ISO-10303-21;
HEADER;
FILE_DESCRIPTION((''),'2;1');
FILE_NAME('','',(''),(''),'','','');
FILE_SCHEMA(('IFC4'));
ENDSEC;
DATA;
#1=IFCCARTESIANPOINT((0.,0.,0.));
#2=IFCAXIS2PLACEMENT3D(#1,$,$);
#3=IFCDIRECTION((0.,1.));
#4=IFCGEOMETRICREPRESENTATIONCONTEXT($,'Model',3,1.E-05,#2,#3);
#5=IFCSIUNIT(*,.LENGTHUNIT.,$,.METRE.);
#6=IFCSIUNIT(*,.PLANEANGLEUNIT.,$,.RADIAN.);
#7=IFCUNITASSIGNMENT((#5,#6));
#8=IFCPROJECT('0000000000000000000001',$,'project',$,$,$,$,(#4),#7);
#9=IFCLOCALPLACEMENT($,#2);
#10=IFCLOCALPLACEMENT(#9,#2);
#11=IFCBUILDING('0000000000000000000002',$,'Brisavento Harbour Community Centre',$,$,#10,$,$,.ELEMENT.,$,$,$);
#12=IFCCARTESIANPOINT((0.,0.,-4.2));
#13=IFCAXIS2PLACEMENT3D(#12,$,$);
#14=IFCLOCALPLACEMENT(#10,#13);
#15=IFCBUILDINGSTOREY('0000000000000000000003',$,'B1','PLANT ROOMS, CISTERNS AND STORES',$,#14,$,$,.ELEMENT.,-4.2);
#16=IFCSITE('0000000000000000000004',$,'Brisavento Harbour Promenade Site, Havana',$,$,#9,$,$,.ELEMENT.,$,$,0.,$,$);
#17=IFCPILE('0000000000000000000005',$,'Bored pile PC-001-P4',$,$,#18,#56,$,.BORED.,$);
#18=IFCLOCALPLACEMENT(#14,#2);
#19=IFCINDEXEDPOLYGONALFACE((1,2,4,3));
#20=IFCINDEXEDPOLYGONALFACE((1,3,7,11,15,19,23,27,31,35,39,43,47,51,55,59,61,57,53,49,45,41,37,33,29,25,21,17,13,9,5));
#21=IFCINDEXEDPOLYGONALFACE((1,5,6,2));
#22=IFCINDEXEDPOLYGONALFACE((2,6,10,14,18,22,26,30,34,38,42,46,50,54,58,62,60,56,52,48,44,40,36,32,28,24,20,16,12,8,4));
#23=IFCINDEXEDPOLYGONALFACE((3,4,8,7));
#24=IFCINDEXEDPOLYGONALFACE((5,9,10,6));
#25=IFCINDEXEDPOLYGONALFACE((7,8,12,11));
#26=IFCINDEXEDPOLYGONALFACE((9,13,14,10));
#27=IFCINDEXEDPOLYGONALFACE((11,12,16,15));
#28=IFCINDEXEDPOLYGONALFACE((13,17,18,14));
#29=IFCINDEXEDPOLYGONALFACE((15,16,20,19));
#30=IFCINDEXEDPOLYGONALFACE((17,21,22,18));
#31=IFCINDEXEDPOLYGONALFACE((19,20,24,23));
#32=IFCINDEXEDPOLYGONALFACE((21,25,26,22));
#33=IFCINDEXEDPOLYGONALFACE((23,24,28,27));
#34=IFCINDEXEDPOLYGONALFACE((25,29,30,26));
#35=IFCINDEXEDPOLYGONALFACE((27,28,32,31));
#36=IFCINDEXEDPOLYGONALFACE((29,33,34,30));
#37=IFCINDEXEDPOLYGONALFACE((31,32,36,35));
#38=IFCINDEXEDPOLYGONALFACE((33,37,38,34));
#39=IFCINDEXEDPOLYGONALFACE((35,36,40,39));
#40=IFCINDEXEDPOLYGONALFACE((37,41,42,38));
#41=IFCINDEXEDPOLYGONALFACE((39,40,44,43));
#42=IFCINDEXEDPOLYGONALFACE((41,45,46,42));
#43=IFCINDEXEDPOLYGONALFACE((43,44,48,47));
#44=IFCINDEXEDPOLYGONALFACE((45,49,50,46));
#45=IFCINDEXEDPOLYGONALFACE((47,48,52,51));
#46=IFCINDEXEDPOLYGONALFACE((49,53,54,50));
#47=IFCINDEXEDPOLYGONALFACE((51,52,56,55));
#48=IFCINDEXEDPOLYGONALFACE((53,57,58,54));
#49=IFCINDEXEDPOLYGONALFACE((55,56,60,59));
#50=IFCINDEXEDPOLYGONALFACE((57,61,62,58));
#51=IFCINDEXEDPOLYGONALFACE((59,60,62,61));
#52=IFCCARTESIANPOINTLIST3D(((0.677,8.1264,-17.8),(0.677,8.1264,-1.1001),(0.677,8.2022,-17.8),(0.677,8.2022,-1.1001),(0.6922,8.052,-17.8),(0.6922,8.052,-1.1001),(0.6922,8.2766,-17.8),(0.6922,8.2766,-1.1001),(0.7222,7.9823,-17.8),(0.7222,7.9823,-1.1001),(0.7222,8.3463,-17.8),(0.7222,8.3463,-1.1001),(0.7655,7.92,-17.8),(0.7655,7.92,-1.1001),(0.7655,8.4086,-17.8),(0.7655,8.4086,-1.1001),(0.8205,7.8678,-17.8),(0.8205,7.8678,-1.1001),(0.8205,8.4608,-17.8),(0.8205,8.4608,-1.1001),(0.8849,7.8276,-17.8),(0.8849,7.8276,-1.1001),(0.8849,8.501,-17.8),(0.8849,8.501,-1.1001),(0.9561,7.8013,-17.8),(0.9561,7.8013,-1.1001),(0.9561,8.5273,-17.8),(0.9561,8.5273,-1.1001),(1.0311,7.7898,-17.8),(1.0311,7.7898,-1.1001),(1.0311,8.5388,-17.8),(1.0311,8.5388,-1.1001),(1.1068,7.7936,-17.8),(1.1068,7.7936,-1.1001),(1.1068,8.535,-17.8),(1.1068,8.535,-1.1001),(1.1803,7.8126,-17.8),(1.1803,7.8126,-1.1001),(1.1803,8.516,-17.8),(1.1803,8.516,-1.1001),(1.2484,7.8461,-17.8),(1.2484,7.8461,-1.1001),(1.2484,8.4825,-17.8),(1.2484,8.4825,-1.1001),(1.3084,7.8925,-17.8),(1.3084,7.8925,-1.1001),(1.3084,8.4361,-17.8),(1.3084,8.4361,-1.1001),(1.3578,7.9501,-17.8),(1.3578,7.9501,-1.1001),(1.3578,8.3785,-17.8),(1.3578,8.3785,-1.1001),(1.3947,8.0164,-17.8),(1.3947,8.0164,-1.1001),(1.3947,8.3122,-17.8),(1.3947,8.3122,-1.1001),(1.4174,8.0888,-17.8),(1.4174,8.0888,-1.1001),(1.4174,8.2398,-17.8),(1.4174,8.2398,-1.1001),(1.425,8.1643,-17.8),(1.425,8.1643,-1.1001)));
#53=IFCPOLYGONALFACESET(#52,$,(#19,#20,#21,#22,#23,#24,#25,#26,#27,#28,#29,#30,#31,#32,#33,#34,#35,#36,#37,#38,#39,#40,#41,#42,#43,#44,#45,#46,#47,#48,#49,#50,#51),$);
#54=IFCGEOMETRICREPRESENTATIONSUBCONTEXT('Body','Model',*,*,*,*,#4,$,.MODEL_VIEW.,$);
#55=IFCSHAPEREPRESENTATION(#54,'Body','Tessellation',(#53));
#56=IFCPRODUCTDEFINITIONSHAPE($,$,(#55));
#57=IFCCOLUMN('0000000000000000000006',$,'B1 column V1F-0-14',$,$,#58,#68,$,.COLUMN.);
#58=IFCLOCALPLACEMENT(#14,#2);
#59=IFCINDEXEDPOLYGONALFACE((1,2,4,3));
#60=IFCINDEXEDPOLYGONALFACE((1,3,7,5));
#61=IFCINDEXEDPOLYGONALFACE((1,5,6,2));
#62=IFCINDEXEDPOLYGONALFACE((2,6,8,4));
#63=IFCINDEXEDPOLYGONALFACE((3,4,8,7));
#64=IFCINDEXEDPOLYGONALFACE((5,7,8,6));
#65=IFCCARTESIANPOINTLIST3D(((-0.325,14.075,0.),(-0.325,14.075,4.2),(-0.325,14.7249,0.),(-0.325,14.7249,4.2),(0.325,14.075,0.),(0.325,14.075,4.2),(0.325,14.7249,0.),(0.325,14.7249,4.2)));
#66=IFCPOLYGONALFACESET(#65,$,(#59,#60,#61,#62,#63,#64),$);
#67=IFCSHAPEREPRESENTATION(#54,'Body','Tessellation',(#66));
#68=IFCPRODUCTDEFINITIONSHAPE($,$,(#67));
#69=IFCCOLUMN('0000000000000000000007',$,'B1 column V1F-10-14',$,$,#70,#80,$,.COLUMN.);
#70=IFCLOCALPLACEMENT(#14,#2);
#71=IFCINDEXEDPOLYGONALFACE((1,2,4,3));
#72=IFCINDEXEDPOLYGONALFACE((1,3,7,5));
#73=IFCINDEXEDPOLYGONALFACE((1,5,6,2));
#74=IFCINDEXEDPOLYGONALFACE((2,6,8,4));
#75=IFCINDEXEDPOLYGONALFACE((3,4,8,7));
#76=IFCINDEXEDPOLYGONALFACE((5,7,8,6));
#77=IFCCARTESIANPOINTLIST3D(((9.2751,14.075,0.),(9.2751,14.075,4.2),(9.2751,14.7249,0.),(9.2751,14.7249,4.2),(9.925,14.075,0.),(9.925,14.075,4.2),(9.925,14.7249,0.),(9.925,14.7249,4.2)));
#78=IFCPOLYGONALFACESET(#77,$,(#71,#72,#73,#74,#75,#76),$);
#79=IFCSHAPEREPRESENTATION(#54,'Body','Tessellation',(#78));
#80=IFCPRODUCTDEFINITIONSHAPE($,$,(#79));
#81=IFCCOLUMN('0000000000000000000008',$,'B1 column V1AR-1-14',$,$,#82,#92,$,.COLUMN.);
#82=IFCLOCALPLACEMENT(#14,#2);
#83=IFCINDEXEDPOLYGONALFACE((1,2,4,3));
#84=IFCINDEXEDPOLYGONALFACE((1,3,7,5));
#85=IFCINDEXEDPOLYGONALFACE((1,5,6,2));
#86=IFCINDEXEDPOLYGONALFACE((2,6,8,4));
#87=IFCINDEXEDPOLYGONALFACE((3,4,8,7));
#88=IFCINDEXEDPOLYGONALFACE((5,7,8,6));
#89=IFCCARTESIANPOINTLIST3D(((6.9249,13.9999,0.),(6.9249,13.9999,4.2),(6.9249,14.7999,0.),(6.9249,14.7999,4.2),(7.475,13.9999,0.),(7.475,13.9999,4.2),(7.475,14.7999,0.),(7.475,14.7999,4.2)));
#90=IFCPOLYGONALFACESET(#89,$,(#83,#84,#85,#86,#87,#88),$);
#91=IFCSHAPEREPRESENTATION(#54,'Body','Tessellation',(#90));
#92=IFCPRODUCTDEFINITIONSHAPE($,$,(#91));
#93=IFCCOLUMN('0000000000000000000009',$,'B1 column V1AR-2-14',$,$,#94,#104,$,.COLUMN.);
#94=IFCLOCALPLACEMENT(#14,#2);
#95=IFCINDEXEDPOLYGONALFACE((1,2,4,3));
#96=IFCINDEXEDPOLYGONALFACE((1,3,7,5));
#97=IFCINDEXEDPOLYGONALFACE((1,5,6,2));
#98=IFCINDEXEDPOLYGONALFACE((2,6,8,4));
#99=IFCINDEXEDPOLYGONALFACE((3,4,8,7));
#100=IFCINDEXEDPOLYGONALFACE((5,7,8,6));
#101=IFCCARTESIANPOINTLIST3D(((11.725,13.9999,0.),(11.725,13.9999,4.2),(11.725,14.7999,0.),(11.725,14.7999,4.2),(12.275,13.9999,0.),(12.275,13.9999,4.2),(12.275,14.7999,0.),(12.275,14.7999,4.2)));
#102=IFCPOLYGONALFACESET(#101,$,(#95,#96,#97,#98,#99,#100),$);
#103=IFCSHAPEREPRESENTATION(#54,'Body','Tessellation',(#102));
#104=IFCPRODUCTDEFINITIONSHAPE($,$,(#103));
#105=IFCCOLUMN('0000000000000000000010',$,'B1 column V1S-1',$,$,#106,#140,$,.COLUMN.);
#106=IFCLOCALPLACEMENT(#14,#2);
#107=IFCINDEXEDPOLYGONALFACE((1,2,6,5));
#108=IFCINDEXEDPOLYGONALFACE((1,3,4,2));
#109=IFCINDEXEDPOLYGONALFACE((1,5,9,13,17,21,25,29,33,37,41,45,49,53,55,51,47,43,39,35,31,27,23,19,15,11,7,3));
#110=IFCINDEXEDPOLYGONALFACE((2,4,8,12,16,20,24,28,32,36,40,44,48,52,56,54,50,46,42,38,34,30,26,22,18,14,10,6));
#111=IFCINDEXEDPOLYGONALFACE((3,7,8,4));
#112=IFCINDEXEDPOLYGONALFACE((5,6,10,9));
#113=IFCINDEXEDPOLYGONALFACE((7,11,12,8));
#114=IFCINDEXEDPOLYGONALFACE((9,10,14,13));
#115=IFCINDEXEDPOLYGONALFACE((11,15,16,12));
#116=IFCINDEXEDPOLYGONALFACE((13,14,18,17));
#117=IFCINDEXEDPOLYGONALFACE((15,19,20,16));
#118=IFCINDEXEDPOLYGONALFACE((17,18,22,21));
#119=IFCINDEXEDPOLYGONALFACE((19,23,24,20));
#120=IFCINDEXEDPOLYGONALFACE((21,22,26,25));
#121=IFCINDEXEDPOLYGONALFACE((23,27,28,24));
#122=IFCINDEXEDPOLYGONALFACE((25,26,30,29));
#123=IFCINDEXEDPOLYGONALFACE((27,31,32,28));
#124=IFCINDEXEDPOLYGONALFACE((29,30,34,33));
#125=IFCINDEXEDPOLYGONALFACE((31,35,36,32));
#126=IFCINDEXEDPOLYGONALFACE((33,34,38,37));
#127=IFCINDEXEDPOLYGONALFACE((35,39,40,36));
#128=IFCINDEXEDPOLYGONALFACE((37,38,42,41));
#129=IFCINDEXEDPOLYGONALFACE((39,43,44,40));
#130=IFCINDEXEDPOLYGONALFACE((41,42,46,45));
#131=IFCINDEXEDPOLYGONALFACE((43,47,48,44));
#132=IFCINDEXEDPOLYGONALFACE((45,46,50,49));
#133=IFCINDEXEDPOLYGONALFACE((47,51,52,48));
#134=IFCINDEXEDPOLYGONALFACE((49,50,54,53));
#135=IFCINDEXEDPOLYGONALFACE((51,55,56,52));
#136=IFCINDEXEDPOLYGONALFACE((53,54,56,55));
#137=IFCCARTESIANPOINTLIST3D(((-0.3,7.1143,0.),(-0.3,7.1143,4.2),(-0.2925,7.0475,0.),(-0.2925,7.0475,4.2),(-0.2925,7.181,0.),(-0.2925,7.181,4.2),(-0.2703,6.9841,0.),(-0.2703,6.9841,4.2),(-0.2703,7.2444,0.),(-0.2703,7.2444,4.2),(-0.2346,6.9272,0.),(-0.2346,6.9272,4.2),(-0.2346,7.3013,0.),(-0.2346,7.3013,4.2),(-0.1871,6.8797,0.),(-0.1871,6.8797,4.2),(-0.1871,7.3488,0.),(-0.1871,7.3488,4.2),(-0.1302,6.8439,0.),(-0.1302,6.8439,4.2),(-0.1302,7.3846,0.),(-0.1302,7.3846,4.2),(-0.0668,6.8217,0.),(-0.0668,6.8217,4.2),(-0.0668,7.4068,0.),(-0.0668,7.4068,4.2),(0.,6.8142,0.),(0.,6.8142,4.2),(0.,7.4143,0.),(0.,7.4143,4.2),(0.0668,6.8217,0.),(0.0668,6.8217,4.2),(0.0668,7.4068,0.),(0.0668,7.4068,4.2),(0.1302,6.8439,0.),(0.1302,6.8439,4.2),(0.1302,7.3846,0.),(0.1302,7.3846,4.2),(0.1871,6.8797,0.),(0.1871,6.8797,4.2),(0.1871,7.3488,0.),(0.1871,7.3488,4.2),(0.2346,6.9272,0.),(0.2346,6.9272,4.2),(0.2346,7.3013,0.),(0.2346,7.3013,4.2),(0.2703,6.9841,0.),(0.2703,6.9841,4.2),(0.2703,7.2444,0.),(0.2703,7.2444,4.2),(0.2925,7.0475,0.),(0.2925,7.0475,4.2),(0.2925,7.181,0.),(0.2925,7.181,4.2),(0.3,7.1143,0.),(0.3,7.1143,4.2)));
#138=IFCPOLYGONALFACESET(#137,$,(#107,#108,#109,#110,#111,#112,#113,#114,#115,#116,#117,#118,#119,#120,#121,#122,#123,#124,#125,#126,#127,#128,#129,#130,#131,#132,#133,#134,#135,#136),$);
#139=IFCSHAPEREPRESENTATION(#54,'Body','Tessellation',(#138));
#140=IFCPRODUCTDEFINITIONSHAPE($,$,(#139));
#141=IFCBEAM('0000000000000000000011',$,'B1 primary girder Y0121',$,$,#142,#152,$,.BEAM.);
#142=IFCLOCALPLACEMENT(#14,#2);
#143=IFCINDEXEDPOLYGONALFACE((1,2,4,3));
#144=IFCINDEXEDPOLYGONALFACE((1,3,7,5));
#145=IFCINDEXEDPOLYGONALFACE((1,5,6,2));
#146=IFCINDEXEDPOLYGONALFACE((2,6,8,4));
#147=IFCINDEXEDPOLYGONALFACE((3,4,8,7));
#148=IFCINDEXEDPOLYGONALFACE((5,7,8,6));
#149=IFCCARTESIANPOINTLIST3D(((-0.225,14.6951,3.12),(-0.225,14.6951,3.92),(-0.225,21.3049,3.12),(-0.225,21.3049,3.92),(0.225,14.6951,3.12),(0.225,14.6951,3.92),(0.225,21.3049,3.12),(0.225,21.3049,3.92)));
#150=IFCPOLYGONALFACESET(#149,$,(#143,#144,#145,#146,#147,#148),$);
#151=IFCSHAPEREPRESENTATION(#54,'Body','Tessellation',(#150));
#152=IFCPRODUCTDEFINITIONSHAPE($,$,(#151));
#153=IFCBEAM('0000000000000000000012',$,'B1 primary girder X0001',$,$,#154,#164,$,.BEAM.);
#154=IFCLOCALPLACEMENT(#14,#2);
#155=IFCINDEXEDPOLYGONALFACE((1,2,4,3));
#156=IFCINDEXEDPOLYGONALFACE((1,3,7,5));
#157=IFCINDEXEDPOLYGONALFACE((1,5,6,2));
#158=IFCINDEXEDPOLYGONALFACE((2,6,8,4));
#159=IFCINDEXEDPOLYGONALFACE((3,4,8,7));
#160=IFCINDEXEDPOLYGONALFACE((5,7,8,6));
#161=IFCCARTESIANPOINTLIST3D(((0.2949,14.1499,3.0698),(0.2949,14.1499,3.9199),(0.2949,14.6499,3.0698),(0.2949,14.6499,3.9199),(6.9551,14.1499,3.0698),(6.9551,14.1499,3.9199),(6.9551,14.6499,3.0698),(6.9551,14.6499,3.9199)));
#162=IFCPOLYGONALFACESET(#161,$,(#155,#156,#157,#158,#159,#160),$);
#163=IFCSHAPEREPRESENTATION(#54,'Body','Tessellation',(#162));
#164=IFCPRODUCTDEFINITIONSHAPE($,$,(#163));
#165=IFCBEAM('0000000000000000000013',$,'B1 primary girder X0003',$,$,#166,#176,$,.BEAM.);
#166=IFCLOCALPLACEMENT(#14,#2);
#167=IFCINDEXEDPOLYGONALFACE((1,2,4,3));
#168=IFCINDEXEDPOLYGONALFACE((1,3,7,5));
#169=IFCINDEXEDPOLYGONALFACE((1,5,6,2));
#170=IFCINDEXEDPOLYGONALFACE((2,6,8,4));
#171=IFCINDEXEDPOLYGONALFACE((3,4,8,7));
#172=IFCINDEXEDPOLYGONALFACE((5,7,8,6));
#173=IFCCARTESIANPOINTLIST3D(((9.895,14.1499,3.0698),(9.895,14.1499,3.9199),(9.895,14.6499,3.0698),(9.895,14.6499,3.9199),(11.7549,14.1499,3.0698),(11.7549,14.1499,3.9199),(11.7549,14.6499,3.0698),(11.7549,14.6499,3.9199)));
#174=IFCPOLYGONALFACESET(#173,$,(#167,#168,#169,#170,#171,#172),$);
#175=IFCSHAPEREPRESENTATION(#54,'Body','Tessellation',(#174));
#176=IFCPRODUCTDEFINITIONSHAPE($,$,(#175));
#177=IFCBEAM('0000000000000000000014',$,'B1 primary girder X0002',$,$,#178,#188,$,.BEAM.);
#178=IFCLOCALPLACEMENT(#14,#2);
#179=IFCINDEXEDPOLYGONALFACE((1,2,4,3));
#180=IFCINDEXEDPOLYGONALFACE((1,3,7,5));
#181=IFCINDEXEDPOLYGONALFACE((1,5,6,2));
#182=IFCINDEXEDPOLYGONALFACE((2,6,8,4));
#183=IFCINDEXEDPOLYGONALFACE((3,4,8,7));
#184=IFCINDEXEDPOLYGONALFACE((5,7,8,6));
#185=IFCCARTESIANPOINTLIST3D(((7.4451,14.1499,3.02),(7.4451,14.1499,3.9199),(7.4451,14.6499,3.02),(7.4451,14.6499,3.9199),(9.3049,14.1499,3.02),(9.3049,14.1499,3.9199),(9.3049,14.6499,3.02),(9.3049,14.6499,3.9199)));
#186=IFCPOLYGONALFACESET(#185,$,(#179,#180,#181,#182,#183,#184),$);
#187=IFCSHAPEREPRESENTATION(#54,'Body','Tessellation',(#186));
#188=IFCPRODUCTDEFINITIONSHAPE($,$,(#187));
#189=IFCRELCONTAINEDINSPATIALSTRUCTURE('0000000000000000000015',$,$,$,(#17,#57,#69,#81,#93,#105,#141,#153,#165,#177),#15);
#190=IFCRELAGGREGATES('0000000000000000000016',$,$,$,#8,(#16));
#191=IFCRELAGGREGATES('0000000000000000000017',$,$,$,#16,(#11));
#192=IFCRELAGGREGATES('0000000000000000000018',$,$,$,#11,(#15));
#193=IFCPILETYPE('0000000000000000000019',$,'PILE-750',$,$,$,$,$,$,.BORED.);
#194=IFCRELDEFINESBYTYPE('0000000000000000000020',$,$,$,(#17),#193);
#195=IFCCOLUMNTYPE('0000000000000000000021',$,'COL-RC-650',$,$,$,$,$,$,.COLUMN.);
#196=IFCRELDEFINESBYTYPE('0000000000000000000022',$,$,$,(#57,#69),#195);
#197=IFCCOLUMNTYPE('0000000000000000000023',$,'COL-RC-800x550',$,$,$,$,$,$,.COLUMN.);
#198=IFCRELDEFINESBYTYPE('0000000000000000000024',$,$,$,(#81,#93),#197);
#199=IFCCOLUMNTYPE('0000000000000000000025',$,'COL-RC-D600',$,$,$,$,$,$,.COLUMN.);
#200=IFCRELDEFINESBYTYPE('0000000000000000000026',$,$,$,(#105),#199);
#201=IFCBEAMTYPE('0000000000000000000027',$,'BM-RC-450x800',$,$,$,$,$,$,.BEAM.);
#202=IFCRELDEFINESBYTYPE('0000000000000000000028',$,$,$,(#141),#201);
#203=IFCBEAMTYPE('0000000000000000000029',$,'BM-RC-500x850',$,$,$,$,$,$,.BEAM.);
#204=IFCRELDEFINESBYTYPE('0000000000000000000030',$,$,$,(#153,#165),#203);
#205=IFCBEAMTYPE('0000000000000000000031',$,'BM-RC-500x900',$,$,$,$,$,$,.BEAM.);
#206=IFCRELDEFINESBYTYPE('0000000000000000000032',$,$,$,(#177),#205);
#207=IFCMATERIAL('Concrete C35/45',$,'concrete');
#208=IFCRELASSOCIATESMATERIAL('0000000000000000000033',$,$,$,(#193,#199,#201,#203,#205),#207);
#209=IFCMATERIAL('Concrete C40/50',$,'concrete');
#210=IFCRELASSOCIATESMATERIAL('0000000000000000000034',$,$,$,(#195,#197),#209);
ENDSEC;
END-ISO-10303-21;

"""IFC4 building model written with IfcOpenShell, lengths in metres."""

from ifc_helpers import new_model, si_unit, direction, frame, origin, origin_2d, place, context, subcontext, project, spatial, rectangle, circle, extrude, material, material_profile, profile_set, type_object, element, save


model = new_model("IFC4")

# Units and contexts
model_context = context("Model", 3, precision=1e-05, world=origin(), true_north=direction((0.0, 1.0)))
body_context = subcontext(model_context, "Body", "Model", "MODEL_VIEW")
ifc_project = project(units=[si_unit("LENGTHUNIT", "METRE"), si_unit("PLANEANGLEUNIT", "RADIAN")], contexts=[model_context])

# Site, building, storey
site_placement = place(None, origin())
site = spatial("IfcSite", under=ifc_project, at=site_placement, Name="Brisavento Harbour Promenade Site, Havana", CompositionType="ELEMENT", RefElevation=0.0)
building_placement = place(site_placement, origin())
building = spatial("IfcBuilding", under=site, at=building_placement, Name="Brisavento Harbour Community Centre", CompositionType="ELEMENT")
storey_placement = place(building_placement, frame((0.0, 0.0, -4.2)))
storey = spatial("IfcBuildingStorey", under=building, at=storey_placement, Name="B1", Description="PLANT ROOMS, CISTERNS AND STORES", CompositionType="ELEMENT", Elevation=-4.2)

# Shared definitions
ifc_material_1 = material(Name="Concrete C35/45", Category="concrete")

# Pile
ifc_material_profile_1 = material_profile(ifc_material_1, circle(Radius=0.375, at=origin_2d()), Name="Concrete C35/45")
ifc_profile_set_1 = profile_set([ifc_material_profile_1], Name="Concrete C35/45")
pile_type_1 = type_object("IfcPileType", Name="PILE-750", PredefinedType="BORED", material=ifc_profile_set_1)
for number, where, z_axis, x_axis, name in (
    (1, (1.05, 8.1643, -1.1001), (0.0, 0.0, -1.0), (1.0, 0.0, 0.0), "Bored pile PC-001-P4"),
):
    element("IfcPile", number, at=place(storey_placement, frame(where, z_axis=z_axis, x_axis=x_axis)), inside=storey, type_object=pile_type_1, Name=name, PredefinedType="BORED", context=body_context, shape_type="SweptSolid", body=[
        extrude(circle(Radius=0.375, at=origin_2d()), origin(), (0.0, 0.0, 1.0), 16.7),
    ])

# Columns
ifc_material_2 = material(Name="Concrete C40/50", Category="concrete")
ifc_material_profile_2 = material_profile(ifc_material_2, rectangle(XDim=0.6499, YDim=0.6499, at=origin_2d()), Name="Concrete C40/50")
ifc_profile_set_2 = profile_set([ifc_material_profile_2], Name="Concrete C40/50")
column_type_1 = type_object("IfcColumnType", Name="COL-RC-650", PredefinedType="COLUMN", material=ifc_profile_set_2)
for number, where, z_axis, x_axis, name in (
    (2, (0.0, 14.3999, 0.0), (0.0, 0.0, 1.0), (1.0, 0.0, 0.0), "B1 column V1F-0-14"),
    (3, (9.6001, 14.3999, 0.0), (0.0, 0.0, 1.0), (1.0, 0.0, 0.0), "B1 column V1F-10-14"),
):
    element("IfcColumn", number, at=place(storey_placement, frame(where, z_axis=z_axis, x_axis=x_axis)), inside=storey, type_object=column_type_1, Name=name, PredefinedType="COLUMN", context=body_context, shape_type="SweptSolid", body=[
        extrude(rectangle(XDim=0.6499, YDim=0.6499, at=origin_2d()), origin(), (0.0, 0.0, 1.0), 4.2),
    ])
ifc_material_profile_3 = material_profile(ifc_material_2, rectangle(XDim=0.55, YDim=0.8, at=origin_2d()), Name="Concrete C40/50")
ifc_profile_set_3 = profile_set([ifc_material_profile_3], Name="Concrete C40/50")
column_type_2 = type_object("IfcColumnType", Name="COL-RC-800x550", PredefinedType="COLUMN", material=ifc_profile_set_3)
for number, where, z_axis, x_axis, name in (
    (4, (7.2, 14.3999, 0.0), (0.0, 0.0, 1.0), (1.0, 0.0, 0.0), "B1 column V1AR-1-14"),
    (5, (12.0, 14.3999, 0.0), (0.0, 0.0, 1.0), (1.0, 0.0, 0.0), "B1 column V1AR-2-14"),
):
    element("IfcColumn", number, at=place(storey_placement, frame(where, z_axis=z_axis, x_axis=x_axis)), inside=storey, type_object=column_type_2, Name=name, PredefinedType="COLUMN", context=body_context, shape_type="SweptSolid", body=[
        extrude(rectangle(XDim=0.55, YDim=0.8, at=origin_2d()), origin(), (0.0, 0.0, 1.0), 4.2),
    ])
ifc_material_profile_4 = material_profile(ifc_material_1, circle(Radius=0.3, at=origin_2d()), Name="Concrete C35/45")
ifc_profile_set_4 = profile_set([ifc_material_profile_4], Name="Concrete C35/45")
column_type_3 = type_object("IfcColumnType", Name="COL-RC-D600", PredefinedType="COLUMN", material=ifc_profile_set_4)
column_placement = place(storey_placement, frame((0.0, 7.1143, 0.0), z_axis=(0.0, 0.0, 1.0), x_axis=(1.0, 0.0, 0.0)))
element("IfcColumn", 6, at=column_placement, inside=storey, type_object=column_type_3, Name="B1 column V1S-1", PredefinedType="COLUMN", context=body_context, shape_type="SweptSolid", body=[
    extrude(circle(Radius=0.3, at=origin_2d()), origin(), (0.0, 0.0, 1.0), 4.2),
])

# Beams
ifc_material_profile_5 = material_profile(ifc_material_1, rectangle(XDim=0.45, YDim=0.8, at=origin_2d()), Name="Concrete C35/45")
ifc_profile_set_5 = profile_set([ifc_material_profile_5], Name="Concrete C35/45")
beam_type_1 = type_object("IfcBeamType", Name="BM-RC-450x800", PredefinedType="BEAM", material=ifc_profile_set_5)
beam_1_placement = place(storey_placement, frame((0.0, 14.6951, 3.52), z_axis=(0.0, 1.0, 0.0), x_axis=(-1.0, 0.0, 0.0)))
element("IfcBeam", 7, at=beam_1_placement, inside=storey, type_object=beam_type_1, Name="B1 primary girder Y0121", PredefinedType="BEAM", context=body_context, shape_type="SweptSolid", body=[
    extrude(rectangle(XDim=0.45, YDim=0.8, at=origin_2d()), origin(), (0.0, 0.0, 1.0), 6.6099),
])
ifc_material_profile_6 = material_profile(ifc_material_1, rectangle(XDim=0.5, YDim=0.8501, at=origin_2d()), Name="Concrete C35/45")
ifc_profile_set_6 = profile_set([ifc_material_profile_6], Name="Concrete C35/45")
beam_type_2 = type_object("IfcBeamType", Name="BM-RC-500x850", PredefinedType="BEAM", material=ifc_profile_set_6)
beam_2_placement = place(storey_placement, frame((0.2949, 14.3999, 3.4949), z_axis=(1.0, 0.0, 0.0), x_axis=(0.0, 1.0, 0.0)))
element("IfcBeam", 8, at=beam_2_placement, inside=storey, type_object=beam_type_2, Name="B1 primary girder X0001", PredefinedType="BEAM", context=body_context, shape_type="SweptSolid", body=[
    extrude(rectangle(XDim=0.5, YDim=0.8501, at=origin_2d()), origin(), (0.0, 0.0, 1.0), 6.6602),
])
beam_3_placement = place(storey_placement, frame((9.895, 14.3999, 3.4949), z_axis=(1.0, 0.0, 0.0), x_axis=(0.0, 1.0, 0.0)))
element("IfcBeam", 9, at=beam_3_placement, inside=storey, type_object=beam_type_2, Name="B1 primary girder X0003", PredefinedType="BEAM", context=body_context, shape_type="SweptSolid", body=[
    extrude(rectangle(XDim=0.5, YDim=0.8501, at=origin_2d()), origin(), (0.0, 0.0, 1.0), 1.8599),
])
ifc_material_profile_7 = material_profile(ifc_material_1, rectangle(XDim=0.5, YDim=0.8999, at=origin_2d()), Name="Concrete C35/45")
ifc_profile_set_7 = profile_set([ifc_material_profile_7], Name="Concrete C35/45")
beam_type_3 = type_object("IfcBeamType", Name="BM-RC-500x900", PredefinedType="BEAM", material=ifc_profile_set_7)
beam_4_placement = place(storey_placement, frame((7.4451, 14.3999, 3.47), z_axis=(1.0, 0.0, 0.0), x_axis=(0.0, 1.0, 0.0)))
element("IfcBeam", 10, at=beam_4_placement, inside=storey, type_object=beam_type_3, Name="B1 primary girder X0002", PredefinedType="BEAM", context=body_context, shape_type="SweptSolid", body=[
    extrude(rectangle(XDim=0.5, YDim=0.8999, at=origin_2d()), origin(), (0.0, 0.0, 1.0), 1.8599),
])

save(model, "model.ifc")
